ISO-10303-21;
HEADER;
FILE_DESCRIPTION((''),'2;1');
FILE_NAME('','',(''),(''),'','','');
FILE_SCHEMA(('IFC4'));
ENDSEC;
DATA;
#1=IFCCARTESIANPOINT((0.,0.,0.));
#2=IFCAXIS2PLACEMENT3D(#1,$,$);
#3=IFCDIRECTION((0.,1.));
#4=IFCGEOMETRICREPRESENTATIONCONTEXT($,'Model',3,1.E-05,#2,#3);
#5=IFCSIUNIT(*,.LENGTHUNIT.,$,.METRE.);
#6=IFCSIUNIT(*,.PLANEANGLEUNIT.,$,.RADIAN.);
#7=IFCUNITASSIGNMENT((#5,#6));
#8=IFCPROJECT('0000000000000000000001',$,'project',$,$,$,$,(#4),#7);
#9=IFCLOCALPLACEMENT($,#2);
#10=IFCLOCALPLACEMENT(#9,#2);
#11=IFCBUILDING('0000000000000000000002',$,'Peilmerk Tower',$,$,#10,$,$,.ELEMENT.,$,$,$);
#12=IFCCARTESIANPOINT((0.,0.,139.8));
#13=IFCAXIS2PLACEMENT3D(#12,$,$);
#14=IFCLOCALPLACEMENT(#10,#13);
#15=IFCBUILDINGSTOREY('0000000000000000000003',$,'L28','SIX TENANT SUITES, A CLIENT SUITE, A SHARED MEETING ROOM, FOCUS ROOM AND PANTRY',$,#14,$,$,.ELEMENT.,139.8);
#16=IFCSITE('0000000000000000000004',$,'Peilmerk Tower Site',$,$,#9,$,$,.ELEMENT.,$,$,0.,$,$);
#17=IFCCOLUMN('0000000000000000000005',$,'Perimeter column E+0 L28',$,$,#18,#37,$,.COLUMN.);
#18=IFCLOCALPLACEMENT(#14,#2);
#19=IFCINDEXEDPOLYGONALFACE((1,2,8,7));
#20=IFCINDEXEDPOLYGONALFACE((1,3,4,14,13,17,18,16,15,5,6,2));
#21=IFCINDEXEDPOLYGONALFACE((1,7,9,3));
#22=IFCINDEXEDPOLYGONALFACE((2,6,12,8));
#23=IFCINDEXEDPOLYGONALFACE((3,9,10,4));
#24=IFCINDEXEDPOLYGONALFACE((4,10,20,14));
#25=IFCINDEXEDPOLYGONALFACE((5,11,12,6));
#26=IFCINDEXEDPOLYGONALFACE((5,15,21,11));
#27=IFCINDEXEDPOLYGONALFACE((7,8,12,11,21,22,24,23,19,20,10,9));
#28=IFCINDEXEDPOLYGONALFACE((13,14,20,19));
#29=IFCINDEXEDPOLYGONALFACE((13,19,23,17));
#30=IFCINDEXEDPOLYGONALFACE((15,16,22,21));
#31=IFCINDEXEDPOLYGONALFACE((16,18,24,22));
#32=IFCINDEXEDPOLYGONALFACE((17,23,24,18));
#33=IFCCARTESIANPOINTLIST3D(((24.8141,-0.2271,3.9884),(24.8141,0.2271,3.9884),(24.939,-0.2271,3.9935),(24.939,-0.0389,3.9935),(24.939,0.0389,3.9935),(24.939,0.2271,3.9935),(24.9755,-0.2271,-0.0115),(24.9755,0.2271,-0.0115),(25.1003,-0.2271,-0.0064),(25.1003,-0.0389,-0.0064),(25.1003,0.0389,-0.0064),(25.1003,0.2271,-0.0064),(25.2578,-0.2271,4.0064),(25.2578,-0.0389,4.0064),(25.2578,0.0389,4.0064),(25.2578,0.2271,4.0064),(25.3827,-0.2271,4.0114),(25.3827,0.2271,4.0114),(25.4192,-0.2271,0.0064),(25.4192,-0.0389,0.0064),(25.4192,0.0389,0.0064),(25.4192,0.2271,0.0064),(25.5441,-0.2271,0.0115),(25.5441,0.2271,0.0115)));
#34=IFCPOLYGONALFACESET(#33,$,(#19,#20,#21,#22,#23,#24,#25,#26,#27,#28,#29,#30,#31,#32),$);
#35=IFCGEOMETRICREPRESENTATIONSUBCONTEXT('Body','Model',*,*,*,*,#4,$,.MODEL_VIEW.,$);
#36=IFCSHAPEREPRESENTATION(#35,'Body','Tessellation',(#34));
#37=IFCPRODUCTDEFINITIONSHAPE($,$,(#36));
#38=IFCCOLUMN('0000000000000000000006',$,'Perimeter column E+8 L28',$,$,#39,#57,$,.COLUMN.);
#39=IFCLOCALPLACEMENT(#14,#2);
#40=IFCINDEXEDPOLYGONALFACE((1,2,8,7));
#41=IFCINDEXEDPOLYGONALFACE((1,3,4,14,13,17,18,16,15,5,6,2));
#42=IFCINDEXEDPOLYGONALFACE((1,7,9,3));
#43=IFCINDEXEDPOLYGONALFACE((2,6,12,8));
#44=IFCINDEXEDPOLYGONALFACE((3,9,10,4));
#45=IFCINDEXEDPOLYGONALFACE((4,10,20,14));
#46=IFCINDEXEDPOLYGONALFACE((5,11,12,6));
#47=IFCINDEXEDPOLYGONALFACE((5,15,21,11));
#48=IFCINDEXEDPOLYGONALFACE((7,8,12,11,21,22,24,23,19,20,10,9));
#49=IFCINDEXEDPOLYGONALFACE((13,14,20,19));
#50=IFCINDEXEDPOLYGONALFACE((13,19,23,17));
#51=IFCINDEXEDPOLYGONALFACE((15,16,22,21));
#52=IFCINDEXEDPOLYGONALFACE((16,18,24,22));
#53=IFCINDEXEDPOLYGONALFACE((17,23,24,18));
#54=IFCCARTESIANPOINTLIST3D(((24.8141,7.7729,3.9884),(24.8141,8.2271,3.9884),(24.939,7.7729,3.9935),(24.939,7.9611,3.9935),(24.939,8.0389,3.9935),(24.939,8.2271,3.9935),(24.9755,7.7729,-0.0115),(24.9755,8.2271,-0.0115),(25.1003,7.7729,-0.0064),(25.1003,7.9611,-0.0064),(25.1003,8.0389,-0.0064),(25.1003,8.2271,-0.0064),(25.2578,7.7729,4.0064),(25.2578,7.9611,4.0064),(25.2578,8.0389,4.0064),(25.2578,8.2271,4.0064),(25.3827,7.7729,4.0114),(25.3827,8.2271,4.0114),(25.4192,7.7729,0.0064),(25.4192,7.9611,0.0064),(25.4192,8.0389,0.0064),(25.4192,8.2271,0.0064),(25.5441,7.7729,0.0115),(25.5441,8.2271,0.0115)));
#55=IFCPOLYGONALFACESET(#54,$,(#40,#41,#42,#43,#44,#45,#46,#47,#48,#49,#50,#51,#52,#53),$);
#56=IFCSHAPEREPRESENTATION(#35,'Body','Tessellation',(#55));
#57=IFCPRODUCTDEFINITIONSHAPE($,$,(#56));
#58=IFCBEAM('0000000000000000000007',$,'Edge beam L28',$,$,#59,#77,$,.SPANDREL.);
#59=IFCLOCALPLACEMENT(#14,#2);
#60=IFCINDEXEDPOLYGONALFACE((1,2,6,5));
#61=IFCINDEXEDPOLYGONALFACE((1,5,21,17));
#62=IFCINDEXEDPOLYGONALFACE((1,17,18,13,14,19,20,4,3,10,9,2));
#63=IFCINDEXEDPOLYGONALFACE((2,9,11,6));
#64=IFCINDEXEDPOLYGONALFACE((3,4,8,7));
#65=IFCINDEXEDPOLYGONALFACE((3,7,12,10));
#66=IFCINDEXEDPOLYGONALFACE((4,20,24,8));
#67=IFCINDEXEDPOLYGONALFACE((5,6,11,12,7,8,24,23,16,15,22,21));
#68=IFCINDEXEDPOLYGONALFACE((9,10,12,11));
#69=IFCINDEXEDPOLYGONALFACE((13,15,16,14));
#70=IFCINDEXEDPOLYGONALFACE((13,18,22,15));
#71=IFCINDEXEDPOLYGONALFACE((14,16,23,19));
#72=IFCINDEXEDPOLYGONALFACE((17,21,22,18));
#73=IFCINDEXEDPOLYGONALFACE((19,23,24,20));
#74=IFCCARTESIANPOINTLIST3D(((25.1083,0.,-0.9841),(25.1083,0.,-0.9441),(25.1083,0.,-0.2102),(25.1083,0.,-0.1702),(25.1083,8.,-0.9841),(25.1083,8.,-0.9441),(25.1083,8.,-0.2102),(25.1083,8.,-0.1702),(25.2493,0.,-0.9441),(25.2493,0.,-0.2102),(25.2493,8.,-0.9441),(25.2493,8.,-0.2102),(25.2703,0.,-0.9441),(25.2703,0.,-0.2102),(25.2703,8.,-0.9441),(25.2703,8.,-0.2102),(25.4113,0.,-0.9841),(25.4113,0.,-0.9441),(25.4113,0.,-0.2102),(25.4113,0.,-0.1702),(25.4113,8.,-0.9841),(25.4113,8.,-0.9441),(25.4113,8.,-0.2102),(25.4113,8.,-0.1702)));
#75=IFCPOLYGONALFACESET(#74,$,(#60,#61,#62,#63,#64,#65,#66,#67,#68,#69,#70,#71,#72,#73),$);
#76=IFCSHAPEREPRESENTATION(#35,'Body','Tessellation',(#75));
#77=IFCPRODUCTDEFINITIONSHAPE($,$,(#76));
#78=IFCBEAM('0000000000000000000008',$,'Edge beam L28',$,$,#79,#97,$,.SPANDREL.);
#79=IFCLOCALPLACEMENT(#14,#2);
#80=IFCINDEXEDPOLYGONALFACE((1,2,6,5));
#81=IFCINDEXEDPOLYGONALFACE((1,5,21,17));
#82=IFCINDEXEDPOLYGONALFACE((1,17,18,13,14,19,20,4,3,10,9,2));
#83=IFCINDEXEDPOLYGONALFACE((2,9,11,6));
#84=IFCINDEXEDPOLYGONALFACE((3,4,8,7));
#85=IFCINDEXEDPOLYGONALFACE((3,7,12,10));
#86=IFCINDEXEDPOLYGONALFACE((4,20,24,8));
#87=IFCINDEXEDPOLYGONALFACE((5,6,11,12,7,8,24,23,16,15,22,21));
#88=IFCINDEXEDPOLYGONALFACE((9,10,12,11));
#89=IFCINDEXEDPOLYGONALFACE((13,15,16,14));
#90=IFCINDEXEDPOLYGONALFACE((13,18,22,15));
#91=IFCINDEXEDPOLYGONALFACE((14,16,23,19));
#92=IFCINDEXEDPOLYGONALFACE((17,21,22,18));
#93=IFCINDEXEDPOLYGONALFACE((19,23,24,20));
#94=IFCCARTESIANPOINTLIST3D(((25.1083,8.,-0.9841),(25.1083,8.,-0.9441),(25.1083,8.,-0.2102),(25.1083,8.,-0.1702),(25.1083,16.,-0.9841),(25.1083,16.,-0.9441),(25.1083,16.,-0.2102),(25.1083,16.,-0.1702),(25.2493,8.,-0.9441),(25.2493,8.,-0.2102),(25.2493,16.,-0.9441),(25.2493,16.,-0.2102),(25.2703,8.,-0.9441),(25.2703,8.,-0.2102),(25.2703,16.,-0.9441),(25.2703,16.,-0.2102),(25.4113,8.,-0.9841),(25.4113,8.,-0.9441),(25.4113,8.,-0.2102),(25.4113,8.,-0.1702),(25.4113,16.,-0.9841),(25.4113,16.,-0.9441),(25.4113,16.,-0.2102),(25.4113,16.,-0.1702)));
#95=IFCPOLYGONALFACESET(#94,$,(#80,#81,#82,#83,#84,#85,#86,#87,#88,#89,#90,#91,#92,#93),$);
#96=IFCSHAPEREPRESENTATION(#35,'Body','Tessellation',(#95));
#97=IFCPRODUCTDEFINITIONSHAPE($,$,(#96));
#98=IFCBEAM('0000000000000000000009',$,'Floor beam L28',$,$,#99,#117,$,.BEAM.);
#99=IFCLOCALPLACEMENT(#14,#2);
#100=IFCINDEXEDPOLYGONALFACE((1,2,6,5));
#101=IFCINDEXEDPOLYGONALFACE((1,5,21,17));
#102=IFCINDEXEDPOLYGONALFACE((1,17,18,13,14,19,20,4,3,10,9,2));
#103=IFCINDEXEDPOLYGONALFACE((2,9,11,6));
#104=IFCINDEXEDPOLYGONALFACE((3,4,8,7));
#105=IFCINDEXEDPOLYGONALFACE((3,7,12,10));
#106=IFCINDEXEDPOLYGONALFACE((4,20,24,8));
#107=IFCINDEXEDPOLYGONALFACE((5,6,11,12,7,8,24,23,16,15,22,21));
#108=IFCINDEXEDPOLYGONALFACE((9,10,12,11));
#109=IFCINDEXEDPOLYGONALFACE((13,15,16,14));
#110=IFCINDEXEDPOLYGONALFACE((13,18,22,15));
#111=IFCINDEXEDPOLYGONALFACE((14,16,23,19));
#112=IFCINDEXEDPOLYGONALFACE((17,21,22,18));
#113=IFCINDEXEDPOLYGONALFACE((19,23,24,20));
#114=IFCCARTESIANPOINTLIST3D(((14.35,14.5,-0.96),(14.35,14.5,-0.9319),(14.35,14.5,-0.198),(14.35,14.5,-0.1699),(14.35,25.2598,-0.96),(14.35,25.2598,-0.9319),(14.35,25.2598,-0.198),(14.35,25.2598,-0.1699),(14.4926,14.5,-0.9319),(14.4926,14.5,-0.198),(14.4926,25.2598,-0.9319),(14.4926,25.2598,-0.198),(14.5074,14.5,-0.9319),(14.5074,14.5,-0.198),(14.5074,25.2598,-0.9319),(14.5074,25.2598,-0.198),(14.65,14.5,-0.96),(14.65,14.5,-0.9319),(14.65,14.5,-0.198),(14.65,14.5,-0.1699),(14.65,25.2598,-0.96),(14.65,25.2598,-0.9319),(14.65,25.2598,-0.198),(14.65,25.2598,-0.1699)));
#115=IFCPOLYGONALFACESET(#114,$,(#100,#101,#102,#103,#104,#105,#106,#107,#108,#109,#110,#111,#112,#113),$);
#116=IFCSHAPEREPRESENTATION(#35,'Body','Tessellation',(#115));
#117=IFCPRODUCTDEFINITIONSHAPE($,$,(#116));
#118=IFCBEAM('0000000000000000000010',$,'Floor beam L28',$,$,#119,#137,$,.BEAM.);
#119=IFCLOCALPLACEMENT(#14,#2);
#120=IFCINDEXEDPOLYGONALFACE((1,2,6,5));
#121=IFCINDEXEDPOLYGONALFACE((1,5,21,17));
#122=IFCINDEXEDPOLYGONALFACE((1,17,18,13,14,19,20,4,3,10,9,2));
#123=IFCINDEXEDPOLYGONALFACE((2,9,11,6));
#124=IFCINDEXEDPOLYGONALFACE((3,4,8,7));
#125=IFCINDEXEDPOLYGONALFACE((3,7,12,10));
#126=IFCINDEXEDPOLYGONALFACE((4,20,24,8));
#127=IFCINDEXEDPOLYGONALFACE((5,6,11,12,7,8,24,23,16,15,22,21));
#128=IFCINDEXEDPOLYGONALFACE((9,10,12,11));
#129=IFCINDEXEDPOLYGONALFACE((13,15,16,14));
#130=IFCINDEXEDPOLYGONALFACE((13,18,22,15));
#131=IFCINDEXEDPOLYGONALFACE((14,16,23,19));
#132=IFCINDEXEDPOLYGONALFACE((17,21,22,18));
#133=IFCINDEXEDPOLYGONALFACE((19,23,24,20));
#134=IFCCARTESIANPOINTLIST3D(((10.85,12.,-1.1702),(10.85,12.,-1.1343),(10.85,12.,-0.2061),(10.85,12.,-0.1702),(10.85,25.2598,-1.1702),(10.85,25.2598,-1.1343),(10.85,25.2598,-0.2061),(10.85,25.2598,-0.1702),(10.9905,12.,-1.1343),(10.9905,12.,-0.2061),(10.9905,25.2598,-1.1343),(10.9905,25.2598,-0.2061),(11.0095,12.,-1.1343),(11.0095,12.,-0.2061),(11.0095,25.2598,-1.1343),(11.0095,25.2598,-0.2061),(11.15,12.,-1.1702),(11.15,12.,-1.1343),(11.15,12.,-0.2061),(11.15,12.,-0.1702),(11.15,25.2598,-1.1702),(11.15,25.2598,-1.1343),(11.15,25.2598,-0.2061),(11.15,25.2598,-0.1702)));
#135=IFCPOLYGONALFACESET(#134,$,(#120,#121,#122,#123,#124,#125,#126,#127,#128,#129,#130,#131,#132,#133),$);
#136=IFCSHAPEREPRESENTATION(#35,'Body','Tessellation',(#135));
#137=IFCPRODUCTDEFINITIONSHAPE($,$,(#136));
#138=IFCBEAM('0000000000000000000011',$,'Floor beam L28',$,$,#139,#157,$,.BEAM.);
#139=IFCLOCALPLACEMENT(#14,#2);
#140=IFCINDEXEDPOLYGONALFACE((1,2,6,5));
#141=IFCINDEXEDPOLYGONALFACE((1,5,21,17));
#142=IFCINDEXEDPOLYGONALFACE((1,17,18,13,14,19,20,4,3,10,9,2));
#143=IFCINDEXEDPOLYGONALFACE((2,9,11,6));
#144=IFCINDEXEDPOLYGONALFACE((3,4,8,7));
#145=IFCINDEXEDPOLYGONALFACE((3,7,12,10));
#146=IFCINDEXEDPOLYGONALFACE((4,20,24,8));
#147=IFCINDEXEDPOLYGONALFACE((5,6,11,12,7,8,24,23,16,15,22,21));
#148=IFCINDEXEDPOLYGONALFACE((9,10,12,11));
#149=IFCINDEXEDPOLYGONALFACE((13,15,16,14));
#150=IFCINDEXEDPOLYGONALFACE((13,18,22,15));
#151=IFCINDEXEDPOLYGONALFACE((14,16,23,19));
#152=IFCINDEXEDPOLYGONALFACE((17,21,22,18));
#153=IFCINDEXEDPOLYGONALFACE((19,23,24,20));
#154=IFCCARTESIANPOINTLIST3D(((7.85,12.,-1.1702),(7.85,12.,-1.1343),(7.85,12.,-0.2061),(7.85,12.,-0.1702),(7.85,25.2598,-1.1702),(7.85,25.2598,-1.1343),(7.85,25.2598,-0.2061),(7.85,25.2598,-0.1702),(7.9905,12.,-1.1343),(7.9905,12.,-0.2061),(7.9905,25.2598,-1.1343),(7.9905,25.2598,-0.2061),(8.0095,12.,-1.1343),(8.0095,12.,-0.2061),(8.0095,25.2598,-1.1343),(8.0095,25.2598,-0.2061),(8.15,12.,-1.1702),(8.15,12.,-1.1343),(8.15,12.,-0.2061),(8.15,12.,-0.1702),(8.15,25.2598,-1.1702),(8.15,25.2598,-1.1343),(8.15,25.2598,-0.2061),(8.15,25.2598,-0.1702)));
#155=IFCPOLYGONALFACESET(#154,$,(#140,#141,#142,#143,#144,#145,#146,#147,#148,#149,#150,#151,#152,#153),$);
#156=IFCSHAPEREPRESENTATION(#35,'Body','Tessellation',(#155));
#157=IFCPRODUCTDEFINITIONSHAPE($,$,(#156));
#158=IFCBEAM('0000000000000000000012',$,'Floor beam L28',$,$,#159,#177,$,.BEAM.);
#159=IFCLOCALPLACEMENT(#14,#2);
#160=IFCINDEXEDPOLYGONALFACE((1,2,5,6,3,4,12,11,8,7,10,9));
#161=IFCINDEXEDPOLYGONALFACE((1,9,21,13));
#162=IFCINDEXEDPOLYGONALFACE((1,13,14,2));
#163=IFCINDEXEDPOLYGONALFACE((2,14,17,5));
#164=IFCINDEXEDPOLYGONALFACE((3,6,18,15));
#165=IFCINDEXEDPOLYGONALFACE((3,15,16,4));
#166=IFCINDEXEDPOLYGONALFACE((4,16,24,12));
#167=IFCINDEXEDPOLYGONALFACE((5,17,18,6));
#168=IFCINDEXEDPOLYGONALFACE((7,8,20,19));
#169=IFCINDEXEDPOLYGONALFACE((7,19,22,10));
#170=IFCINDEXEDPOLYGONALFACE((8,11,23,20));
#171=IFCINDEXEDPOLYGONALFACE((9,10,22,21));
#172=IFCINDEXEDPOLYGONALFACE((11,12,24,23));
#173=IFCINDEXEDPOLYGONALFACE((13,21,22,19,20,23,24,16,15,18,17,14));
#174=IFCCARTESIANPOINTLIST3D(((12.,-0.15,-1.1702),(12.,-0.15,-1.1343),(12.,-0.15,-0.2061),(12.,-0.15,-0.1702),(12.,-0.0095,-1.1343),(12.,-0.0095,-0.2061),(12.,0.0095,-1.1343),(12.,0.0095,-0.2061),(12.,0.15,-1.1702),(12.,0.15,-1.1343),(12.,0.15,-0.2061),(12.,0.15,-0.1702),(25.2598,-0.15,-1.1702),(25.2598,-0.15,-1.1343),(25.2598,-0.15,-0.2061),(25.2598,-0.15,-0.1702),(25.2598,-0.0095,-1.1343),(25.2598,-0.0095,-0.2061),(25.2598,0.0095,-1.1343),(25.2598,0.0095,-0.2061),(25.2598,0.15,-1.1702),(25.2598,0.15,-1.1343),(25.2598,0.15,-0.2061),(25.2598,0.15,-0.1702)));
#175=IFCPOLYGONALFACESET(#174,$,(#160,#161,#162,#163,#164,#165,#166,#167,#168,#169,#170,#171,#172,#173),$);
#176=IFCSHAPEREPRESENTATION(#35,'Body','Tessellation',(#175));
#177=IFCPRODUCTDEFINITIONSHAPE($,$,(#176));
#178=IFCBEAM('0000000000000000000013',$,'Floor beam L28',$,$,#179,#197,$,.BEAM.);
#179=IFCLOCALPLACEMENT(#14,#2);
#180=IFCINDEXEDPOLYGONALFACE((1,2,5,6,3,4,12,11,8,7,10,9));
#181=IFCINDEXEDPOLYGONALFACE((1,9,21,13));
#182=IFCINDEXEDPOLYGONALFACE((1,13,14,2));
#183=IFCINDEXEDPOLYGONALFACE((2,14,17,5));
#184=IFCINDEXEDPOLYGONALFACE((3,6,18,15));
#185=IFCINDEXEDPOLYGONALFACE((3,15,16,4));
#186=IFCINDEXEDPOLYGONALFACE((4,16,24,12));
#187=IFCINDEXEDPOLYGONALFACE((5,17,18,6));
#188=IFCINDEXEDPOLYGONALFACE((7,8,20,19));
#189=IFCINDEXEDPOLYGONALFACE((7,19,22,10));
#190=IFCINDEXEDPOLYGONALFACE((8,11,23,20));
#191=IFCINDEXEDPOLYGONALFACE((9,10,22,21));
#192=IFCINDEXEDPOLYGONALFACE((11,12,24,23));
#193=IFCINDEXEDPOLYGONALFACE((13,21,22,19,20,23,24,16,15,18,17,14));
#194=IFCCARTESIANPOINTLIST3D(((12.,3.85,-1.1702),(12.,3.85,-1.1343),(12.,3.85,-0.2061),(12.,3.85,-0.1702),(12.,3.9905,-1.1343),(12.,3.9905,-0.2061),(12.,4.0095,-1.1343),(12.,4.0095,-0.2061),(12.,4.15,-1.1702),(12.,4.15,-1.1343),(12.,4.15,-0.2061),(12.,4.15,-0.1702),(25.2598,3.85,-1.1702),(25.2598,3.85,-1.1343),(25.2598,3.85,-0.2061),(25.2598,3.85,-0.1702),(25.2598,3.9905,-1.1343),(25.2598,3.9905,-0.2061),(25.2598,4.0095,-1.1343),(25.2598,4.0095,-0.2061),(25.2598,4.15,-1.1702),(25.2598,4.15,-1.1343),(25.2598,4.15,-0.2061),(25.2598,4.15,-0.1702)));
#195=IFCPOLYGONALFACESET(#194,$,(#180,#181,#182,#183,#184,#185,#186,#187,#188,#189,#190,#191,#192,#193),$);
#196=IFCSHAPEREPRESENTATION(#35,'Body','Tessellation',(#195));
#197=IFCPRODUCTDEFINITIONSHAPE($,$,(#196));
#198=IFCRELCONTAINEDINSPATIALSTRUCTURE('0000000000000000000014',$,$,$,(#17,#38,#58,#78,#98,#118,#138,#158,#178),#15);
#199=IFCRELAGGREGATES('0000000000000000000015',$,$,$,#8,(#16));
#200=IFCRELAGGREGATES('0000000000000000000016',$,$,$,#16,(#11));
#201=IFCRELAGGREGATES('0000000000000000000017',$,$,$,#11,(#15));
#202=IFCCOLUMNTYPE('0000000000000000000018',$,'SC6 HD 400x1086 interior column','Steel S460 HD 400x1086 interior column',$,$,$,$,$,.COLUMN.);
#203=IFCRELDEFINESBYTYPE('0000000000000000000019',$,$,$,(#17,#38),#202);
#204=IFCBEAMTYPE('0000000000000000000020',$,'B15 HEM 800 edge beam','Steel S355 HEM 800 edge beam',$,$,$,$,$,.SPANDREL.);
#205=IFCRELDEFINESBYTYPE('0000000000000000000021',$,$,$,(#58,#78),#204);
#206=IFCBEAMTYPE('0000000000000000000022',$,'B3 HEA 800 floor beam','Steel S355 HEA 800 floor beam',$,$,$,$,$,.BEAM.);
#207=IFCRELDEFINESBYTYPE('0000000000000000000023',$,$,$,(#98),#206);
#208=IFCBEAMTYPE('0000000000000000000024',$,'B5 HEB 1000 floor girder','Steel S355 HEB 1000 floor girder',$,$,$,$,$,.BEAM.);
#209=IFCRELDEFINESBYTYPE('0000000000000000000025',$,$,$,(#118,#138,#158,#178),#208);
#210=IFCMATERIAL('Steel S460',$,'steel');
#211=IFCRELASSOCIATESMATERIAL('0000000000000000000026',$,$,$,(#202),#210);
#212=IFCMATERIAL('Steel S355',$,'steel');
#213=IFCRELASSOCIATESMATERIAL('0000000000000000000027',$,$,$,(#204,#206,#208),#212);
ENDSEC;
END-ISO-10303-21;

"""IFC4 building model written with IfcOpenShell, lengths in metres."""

from ifc_helpers import new_model, si_unit, direction, frame, origin, origin_2d, place, context, subcontext, project, spatial, i_section, extrude, material, material_profile, profile_set, type_object, element, save


model = new_model("IFC4")

# Units and contexts
model_context = context("Model", 3, precision=1e-05, world=origin(), true_north=direction((0.0, 1.0)))
body_context = subcontext(model_context, "Body", "Model", "MODEL_VIEW")
ifc_project = project(units=[si_unit("LENGTHUNIT", "METRE"), si_unit("PLANEANGLEUNIT", "RADIAN")], contexts=[model_context])

# Site, building, storey
site_placement = place(None, origin())
site = spatial("IfcSite", under=ifc_project, at=site_placement, Name="Peilmerk Tower Site", CompositionType="ELEMENT", RefElevation=0.0)
building_placement = place(site_placement, origin())
building = spatial("IfcBuilding", under=site, at=building_placement, Name="Peilmerk Tower", CompositionType="ELEMENT")
storey_placement = place(building_placement, frame((0.0, 0.0, 139.8)))
storey = spatial("IfcBuildingStorey", under=building, at=storey_placement, Name="L28", Description="SIX TENANT SUITES, A CLIENT SUITE, A SHARED MEETING ROOM, FOCUS ROOM AND PANTRY", CompositionType="ELEMENT", Elevation=139.8)

# Columns
ifc_material_1 = material(Name="Steel S460", Category="steel")
ifc_material_profile_1 = material_profile(ifc_material_1, i_section(OverallWidth=0.4541, OverallDepth=0.5691, WebThickness=0.0779, FlangeThickness=0.125, at=origin_2d()), Name="HD 400x1086")
ifc_profile_set_1 = profile_set([ifc_material_profile_1], Name="Steel S460")
column_type = type_object("IfcColumnType", Name="SC6 HD 400x1086 interior column", Description="Steel S460 HD 400x1086 interior column", PredefinedType="COLUMN", material=ifc_profile_set_1)
for number, where, z_axis, x_axis, name in (
    (1, (25.2598, 0.0, 0.0), (-0.040311, 0.0, 0.999187), (0.0, -1.0, 0.0), "Perimeter column E+0 L28"),
    (2, (25.2598, 8.0, 0.0), (-0.040311, 0.0, 0.999187), (0.0, -1.0, 0.0), "Perimeter column E+8 L28"),
):
    element("IfcColumn", number, at=place(storey_placement, frame(where, z_axis=z_axis, x_axis=x_axis)), inside=storey, type_object=column_type, Name=name, PredefinedType="COLUMN", context=body_context, shape_type="SweptSolid", body=[
        extrude(i_section(OverallWidth=0.4541, OverallDepth=0.5691, WebThickness=0.0779, FlangeThickness=0.125, at=origin_2d()), origin(), (0.0, 0.0, 1.0), 4.0032),
    ])

# Beams
ifc_material_2 = material(Name="Steel S355", Category="steel")
ifc_material_profile_2 = material_profile(ifc_material_2, i_section(OverallWidth=0.303, OverallDepth=0.814, WebThickness=0.021, FlangeThickness=0.04, at=origin_2d()), Name="HEM 800")
ifc_profile_set_2 = profile_set([ifc_material_profile_2], Name="Steel S355")
beam_type_1 = type_object("IfcBeamType", Name="B15 HEM 800 edge beam", Description="Steel S355 HEM 800 edge beam", PredefinedType="SPANDREL", material=ifc_profile_set_2)
for number, where, z_axis, x_axis, name in (
    (3, (25.2598, 0.0, -0.5771), (0.0, 1.0, 0.0), (-1.0, 0.0, 0.0), "Edge beam L28"),
    (4, (25.2598, 8.0, -0.5771), (0.0, 1.0, 0.0), (-1.0, 0.0, 0.0), "Edge beam L28"),
):
    element("IfcBeam", number, at=place(storey_placement, frame(where, z_axis=z_axis, x_axis=x_axis)), inside=storey, type_object=beam_type_1, Name=name, PredefinedType="SPANDREL", context=body_context, shape_type="SweptSolid", body=[
        extrude(i_section(OverallWidth=0.303, OverallDepth=0.814, WebThickness=0.021, FlangeThickness=0.04, at=origin_2d()), origin(), (0.0, 0.0, 1.0), 8.0),
    ])
ifc_material_profile_3 = material_profile(ifc_material_2, i_section(OverallWidth=0.3, OverallDepth=0.79, WebThickness=0.0149, FlangeThickness=0.0281, at=origin_2d()), Name="HEA 800")
ifc_profile_set_3 = profile_set([ifc_material_profile_3], Name="Steel S355")
beam_type_2 = type_object("IfcBeamType", Name="B3 HEA 800 floor beam", Description="Steel S355 HEA 800 floor beam", PredefinedType="BEAM", material=ifc_profile_set_3)
beam_1_placement = place(storey_placement, frame((14.5, 14.5, -0.5649), z_axis=(0.0, 1.0, 0.0), x_axis=(-1.0, 0.0, 0.0)))
element("IfcBeam", 5, at=beam_1_placement, inside=storey, type_object=beam_type_2, Name="Floor beam L28", PredefinedType="BEAM", context=body_context, shape_type="SweptSolid", body=[
    extrude(i_section(OverallWidth=0.3, OverallDepth=0.79, WebThickness=0.0149, FlangeThickness=0.0281, at=origin_2d()), origin(), (0.0, 0.0, 1.0), 10.7598),
])
ifc_material_profile_4 = material_profile(ifc_material_2, i_section(OverallWidth=0.3, OverallDepth=1.0, WebThickness=0.019, FlangeThickness=0.0359, at=origin_2d()), Name="HEB 1000")
ifc_profile_set_4 = profile_set([ifc_material_profile_4], Name="Steel S355")
beam_type_3 = type_object("IfcBeamType", Name="B5 HEB 1000 floor girder", Description="Steel S355 HEB 1000 floor girder", PredefinedType="BEAM", material=ifc_profile_set_4)
for number, where, z_axis, x_axis, name in (
    (6, (11.0, 12.0, -0.6702), (0.0, 1.0, 0.0), (-1.0, 0.0, 0.0), "Floor beam L28"),
    (7, (8.0, 12.0, -0.6702), (0.0, 1.0, 0.0), (-1.0, 0.0, 0.0), "Floor beam L28"),
    (8, (12.0, 0.0, -0.6702), (1.0, 0.0, 0.0), (0.0, 1.0, 0.0), "Floor beam L28"),
    (9, (12.0, 4.0, -0.6702), (1.0, 0.0, 0.0), (0.0, 1.0, 0.0), "Floor beam L28"),
):
    element("IfcBeam", number, at=place(storey_placement, frame(where, z_axis=z_axis, x_axis=x_axis)), inside=storey, type_object=beam_type_3, Name=name, PredefinedType="BEAM", context=body_context, shape_type="SweptSolid", body=[
        extrude(i_section(OverallWidth=0.3, OverallDepth=1.0, WebThickness=0.019, FlangeThickness=0.0359, at=origin_2d()), origin(), (0.0, 0.0, 1.0), 13.2598),
    ])

save(model, "model.ifc")
